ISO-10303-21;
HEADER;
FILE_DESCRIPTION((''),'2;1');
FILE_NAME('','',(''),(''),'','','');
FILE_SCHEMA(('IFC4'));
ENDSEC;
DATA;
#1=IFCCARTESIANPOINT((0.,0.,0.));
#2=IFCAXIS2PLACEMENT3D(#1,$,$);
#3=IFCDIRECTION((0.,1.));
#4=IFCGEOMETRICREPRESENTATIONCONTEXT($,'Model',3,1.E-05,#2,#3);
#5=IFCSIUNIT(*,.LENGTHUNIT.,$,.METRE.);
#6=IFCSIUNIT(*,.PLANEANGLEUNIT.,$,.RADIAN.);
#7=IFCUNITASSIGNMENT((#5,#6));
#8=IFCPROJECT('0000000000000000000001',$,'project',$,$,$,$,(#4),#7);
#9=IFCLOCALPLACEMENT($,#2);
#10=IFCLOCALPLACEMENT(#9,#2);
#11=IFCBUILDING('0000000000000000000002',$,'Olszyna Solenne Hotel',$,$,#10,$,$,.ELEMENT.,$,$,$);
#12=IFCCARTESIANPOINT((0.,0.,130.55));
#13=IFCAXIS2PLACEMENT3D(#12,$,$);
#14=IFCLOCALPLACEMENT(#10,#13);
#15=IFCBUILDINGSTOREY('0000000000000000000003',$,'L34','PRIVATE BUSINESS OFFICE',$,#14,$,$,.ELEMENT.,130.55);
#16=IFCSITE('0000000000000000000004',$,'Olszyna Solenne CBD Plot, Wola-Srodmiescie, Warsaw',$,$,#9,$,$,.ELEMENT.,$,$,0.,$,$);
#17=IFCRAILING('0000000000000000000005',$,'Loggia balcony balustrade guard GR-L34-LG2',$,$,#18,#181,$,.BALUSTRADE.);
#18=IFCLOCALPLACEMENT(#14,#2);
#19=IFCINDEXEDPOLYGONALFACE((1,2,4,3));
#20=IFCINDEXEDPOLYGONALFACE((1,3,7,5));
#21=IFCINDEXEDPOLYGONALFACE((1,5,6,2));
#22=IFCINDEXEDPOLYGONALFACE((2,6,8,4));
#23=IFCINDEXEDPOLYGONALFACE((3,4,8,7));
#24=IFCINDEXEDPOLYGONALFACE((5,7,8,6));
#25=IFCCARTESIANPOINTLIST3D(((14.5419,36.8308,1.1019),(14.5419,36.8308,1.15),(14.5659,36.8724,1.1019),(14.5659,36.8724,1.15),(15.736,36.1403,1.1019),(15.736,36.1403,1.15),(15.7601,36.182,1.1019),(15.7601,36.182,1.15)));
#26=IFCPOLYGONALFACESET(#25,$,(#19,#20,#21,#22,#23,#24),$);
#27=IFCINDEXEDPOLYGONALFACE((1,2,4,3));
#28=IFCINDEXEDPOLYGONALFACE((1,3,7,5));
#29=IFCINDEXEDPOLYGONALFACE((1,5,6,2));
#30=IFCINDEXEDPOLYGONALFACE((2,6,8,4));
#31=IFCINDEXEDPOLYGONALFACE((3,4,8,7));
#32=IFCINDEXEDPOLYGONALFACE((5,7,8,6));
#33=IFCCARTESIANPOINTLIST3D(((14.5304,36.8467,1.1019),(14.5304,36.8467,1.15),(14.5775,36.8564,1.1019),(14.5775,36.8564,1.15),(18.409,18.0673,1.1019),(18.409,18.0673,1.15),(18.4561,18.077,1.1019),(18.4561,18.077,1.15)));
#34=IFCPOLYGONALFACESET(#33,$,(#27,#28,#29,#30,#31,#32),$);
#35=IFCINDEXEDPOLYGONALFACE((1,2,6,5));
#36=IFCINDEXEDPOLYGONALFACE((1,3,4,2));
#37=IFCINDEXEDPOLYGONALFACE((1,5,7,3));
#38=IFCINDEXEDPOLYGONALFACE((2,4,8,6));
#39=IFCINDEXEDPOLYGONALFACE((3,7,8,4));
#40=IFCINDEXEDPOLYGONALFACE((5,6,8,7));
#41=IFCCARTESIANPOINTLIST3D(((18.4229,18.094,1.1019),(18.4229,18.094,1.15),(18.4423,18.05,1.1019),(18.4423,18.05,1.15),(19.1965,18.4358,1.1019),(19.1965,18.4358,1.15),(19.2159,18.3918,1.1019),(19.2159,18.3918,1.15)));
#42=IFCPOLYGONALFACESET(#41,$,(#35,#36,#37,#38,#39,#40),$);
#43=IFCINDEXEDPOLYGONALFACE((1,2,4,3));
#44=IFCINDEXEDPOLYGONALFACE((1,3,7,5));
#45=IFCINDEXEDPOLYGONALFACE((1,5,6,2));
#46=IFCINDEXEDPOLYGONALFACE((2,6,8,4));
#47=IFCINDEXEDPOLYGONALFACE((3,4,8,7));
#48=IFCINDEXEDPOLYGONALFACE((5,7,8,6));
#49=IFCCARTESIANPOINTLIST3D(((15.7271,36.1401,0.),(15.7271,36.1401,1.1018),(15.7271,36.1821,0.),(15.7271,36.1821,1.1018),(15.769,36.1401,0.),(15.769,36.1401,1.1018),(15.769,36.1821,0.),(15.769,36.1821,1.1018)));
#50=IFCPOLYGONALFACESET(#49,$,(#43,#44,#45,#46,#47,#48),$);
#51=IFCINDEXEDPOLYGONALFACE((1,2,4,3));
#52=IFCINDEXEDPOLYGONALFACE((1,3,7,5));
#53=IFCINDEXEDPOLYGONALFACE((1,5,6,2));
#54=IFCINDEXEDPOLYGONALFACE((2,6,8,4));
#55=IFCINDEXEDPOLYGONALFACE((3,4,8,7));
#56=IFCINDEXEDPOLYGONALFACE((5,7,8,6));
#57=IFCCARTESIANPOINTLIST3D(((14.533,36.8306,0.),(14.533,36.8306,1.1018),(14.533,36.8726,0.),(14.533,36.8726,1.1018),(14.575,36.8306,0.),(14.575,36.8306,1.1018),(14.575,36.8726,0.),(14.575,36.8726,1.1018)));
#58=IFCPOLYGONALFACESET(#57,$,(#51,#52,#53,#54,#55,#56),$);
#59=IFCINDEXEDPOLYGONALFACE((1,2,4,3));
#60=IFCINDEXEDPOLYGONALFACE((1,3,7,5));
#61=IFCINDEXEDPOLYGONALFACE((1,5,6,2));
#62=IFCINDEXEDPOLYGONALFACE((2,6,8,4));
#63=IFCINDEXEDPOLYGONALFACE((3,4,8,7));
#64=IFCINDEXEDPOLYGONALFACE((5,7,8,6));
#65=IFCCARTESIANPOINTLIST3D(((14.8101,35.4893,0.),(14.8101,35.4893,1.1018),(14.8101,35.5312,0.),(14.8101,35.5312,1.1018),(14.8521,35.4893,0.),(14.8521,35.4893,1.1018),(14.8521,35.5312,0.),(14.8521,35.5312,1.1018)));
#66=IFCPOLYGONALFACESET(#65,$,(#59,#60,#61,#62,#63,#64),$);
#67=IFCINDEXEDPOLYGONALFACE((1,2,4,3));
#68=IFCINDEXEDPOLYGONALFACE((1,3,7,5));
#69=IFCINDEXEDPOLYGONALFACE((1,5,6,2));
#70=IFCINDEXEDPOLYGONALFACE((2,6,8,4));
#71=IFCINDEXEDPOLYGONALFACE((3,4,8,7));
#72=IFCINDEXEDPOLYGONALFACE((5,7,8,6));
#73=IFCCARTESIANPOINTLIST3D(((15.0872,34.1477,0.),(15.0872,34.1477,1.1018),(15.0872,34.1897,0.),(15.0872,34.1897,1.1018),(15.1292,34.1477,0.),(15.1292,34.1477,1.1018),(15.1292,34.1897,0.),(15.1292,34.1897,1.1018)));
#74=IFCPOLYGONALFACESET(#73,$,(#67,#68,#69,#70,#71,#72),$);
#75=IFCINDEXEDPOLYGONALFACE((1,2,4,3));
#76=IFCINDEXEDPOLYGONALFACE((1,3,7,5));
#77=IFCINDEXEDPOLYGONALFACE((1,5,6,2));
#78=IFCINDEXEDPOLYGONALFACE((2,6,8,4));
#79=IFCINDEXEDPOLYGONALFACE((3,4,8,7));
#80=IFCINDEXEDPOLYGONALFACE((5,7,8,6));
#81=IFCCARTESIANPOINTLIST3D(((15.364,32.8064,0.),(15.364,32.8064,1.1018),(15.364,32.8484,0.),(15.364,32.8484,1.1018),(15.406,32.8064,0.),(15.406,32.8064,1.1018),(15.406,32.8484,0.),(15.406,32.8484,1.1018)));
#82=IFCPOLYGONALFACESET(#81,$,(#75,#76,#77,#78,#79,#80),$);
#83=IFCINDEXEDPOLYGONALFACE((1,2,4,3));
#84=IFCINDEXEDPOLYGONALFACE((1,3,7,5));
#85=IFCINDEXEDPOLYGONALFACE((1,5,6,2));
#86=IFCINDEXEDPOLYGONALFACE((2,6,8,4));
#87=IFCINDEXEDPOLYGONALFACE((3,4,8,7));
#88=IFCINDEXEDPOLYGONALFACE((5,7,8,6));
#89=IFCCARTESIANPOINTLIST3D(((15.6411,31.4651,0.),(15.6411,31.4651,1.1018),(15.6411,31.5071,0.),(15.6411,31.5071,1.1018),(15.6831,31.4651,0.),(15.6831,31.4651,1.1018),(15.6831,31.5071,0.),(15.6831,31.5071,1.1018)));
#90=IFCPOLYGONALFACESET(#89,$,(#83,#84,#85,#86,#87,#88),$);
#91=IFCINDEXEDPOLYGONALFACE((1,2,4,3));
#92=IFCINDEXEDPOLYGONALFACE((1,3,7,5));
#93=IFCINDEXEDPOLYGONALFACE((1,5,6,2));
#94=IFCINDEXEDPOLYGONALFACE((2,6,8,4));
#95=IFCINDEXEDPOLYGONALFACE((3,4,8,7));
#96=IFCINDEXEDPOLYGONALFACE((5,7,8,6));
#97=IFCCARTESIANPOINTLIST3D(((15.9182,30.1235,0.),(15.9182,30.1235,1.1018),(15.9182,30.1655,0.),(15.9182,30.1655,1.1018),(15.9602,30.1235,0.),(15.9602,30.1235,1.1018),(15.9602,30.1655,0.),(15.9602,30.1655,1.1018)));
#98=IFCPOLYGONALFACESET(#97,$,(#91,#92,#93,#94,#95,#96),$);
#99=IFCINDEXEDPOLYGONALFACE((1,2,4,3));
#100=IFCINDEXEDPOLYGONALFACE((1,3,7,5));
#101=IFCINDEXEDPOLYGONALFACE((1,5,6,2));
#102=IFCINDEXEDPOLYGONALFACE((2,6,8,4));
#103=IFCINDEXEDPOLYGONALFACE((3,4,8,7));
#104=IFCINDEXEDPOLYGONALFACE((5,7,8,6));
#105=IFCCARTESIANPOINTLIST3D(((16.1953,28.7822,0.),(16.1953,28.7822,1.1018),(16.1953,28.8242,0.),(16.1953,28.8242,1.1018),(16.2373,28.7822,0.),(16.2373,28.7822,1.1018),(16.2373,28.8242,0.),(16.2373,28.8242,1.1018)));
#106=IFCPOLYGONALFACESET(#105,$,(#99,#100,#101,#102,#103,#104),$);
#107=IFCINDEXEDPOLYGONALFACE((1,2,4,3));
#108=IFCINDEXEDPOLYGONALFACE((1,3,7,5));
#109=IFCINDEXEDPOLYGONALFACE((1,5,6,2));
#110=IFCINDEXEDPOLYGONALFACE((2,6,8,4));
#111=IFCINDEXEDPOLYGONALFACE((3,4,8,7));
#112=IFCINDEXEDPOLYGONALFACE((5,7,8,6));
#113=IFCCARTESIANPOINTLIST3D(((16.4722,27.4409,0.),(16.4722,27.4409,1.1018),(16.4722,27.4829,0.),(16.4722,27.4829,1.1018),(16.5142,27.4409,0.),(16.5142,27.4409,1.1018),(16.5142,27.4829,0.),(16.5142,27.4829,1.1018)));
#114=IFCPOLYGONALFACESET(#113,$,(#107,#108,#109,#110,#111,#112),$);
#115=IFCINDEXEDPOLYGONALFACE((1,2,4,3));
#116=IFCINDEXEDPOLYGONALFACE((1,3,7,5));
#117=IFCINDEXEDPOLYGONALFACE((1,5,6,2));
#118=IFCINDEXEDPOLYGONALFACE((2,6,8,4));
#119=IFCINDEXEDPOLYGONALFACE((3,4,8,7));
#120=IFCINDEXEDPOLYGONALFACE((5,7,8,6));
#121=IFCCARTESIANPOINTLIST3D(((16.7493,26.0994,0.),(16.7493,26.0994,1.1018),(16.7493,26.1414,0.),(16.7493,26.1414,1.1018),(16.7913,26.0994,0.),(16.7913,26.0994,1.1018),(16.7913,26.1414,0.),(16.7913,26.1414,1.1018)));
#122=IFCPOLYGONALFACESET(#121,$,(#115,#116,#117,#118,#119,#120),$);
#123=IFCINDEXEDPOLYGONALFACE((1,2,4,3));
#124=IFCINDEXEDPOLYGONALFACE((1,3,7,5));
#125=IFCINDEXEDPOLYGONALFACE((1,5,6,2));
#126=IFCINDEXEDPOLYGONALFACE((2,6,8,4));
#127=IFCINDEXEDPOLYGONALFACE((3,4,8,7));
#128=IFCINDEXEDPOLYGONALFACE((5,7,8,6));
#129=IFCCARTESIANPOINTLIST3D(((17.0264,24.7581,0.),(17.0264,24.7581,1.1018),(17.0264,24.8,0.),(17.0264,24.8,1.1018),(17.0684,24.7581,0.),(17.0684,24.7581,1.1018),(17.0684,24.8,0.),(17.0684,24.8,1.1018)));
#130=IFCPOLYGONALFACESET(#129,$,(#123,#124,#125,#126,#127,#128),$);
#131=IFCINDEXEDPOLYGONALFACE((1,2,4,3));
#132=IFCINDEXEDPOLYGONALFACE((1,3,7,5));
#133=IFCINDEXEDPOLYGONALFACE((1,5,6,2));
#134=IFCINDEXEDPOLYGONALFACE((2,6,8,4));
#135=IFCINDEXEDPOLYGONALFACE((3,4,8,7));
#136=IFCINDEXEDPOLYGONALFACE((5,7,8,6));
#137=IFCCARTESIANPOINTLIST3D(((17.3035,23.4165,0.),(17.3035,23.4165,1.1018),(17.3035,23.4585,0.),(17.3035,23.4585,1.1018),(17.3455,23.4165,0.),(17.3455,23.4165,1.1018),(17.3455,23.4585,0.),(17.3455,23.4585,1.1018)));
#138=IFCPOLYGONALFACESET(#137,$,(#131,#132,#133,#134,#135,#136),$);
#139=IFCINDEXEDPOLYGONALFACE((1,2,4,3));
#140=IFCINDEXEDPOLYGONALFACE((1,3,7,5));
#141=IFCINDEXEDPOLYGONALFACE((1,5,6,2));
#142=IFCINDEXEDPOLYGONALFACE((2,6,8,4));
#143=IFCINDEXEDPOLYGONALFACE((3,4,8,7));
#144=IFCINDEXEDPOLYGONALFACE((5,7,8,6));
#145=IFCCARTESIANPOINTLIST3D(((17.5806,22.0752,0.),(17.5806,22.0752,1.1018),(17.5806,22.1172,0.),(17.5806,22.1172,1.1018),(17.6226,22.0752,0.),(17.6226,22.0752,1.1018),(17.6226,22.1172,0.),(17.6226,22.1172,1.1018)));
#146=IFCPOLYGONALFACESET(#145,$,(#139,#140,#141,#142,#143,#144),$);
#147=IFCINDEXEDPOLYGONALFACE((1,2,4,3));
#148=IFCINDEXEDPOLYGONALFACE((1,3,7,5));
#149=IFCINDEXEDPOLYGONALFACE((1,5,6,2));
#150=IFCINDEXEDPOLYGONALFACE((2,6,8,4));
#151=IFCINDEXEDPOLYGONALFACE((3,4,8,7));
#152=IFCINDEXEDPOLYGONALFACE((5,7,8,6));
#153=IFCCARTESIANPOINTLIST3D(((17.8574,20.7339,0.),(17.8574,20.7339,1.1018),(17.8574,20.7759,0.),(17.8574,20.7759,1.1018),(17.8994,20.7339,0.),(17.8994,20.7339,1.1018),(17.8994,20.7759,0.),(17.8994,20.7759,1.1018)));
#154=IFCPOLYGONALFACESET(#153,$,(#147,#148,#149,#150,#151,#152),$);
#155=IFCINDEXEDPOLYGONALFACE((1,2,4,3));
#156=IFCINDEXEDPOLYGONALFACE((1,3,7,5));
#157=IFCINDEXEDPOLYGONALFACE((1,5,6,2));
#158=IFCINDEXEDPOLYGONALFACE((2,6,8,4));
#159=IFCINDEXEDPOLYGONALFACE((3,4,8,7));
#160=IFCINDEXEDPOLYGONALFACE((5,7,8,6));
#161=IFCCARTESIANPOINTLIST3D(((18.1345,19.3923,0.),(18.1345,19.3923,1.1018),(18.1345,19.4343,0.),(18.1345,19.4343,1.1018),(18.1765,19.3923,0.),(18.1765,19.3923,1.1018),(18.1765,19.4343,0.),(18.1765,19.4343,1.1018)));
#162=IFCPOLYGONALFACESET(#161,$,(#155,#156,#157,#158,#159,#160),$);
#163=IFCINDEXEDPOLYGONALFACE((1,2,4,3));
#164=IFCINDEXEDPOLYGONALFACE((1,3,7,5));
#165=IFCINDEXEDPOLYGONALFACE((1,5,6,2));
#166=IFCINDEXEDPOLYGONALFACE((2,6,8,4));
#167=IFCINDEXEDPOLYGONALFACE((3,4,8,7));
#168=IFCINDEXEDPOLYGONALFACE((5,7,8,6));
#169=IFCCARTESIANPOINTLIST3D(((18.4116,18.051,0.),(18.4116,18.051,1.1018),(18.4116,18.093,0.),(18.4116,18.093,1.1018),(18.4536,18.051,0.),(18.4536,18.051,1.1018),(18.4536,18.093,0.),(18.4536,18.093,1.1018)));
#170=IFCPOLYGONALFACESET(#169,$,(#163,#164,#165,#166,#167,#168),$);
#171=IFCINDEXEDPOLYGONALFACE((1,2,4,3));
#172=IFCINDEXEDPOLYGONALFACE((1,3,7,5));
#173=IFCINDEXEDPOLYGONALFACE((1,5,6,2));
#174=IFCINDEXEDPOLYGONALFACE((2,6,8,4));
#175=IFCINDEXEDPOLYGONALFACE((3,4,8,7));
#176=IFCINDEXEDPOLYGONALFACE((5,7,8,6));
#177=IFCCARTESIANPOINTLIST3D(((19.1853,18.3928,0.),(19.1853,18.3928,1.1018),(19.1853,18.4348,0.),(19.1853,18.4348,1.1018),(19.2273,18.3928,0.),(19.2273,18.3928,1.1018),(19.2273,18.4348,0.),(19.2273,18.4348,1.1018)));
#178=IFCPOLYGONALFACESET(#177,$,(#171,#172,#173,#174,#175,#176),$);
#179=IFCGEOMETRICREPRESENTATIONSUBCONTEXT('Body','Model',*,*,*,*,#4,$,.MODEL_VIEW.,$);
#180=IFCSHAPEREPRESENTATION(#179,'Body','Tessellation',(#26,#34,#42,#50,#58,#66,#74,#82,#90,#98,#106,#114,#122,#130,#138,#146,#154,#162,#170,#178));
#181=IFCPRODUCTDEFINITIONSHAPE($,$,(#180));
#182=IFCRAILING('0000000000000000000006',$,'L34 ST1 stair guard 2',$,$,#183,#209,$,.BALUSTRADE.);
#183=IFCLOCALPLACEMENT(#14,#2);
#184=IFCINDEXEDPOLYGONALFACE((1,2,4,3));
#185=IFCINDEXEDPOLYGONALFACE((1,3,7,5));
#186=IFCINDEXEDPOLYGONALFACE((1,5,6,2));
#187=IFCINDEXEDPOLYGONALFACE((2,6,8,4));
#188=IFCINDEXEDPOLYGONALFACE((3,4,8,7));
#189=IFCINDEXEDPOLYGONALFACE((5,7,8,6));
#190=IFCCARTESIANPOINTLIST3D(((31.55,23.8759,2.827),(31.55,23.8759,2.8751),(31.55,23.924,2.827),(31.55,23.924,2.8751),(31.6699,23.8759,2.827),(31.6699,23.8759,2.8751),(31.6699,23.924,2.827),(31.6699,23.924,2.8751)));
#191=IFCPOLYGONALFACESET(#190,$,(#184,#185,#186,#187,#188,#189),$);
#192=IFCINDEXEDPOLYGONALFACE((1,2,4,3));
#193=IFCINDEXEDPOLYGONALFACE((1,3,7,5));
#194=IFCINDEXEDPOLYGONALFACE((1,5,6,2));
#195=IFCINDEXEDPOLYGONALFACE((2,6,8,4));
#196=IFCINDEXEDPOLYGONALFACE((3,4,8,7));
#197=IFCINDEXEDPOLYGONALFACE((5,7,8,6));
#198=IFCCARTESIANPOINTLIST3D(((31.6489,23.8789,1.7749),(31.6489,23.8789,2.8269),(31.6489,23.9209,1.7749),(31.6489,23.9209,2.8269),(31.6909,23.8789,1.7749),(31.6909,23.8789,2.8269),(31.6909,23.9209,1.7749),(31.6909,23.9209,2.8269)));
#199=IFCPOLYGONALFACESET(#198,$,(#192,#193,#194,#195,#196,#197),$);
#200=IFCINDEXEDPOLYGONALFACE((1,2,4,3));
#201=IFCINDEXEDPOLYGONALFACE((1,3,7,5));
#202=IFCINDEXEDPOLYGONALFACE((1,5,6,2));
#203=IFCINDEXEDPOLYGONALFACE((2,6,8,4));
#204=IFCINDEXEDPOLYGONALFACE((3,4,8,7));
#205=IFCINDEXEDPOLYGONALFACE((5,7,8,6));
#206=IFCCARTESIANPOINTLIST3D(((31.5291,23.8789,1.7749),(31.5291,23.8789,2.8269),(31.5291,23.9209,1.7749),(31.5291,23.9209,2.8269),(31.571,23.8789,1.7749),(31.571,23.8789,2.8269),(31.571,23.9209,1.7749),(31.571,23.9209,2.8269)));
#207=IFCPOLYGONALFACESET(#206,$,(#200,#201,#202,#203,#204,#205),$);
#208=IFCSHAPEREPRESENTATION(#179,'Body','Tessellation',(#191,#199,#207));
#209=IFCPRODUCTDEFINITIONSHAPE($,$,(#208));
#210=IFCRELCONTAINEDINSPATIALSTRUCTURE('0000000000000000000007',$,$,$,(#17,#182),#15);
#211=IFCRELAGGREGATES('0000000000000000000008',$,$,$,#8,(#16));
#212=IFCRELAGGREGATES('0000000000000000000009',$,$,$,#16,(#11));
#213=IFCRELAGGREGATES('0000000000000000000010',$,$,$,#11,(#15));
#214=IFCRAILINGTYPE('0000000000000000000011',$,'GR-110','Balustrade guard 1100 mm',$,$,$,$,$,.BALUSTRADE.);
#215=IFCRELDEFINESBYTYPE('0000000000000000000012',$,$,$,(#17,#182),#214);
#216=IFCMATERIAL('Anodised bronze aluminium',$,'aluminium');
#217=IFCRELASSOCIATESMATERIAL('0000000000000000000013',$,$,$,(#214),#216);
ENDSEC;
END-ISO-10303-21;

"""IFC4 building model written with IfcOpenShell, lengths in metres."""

from ifc_helpers import new_model, si_unit, direction, frame, origin, origin_2d, place, context, subcontext, project, spatial, rectangle, extrude, material, type_object, element, save


model = new_model("IFC4")

# Units and contexts
model_context = context("Model", 3, precision=1e-05, world=origin(), true_north=direction((0.0, 1.0)))
body_context = subcontext(model_context, "Body", "Model", "MODEL_VIEW")
ifc_project = project(units=[si_unit("LENGTHUNIT", "METRE"), si_unit("PLANEANGLEUNIT", "RADIAN")], contexts=[model_context])

# Site, building, storey
site_placement = place(None, origin())
site = spatial("IfcSite", under=ifc_project, at=site_placement, Name="Olszyna Solenne CBD Plot, Wola-Srodmiescie, Warsaw", CompositionType="ELEMENT", RefElevation=0.0)
building_placement = place(site_placement, origin())
building = spatial("IfcBuilding", under=site, at=building_placement, Name="Olszyna Solenne Hotel", CompositionType="ELEMENT")
storey_placement = place(building_placement, frame((0.0, 0.0, 130.55)))
storey = spatial("IfcBuildingStorey", under=building, at=storey_placement, Name="L34", Description="PRIVATE BUSINESS OFFICE", CompositionType="ELEMENT", Elevation=130.55)

# Railings
ifc_material_1 = material(Name="Anodised bronze aluminium", Category="aluminium")
railing_type_1 = type_object("IfcRailingType", Name="GR-110", Description="Balustrade guard 1100 mm", PredefinedType="BALUSTRADE", material=ifc_material_1)
railing_1_placement = place(storey_placement, frame((15.748, 36.1611, 0.0)))
element("IfcRailing", 1, at=railing_1_placement, inside=storey, type_object=railing_type_1, Name="Loggia balcony balustrade guard GR-L34-LG2", PredefinedType="BALUSTRADE", context=body_context, shape_type="SweptSolid", body=[
    extrude(rectangle(XDim=0.0481, YDim=0.0481, at=origin_2d()), frame((0.0, 0.0, 1.126), z_axis=(-0.865705, 0.500555, 0.0), x_axis=(-0.500555, -0.865705, 0.0)), (0.0, 0.0, 1.0), 1.3794),
    extrude(rectangle(XDim=0.0481, YDim=0.0481, at=origin_2d()), frame((-1.1941, 0.6904, 1.126), z_axis=(0.202268, -0.97933, 0.0), x_axis=(0.97933, 0.202268, 0.0)), (0.0, 0.0, 1.0), 19.1758),
    extrude(rectangle(XDim=0.0481, YDim=0.0481, at=origin_2d()), frame((2.6846, -18.0891, 1.126), z_axis=(0.914714, 0.404102, 0.0), x_axis=(-0.404102, 0.914714, 0.0)), (0.0, 0.0, 1.0), 0.8457),
    extrude(rectangle(XDim=0.042, YDim=0.042, at=origin_2d()), origin(), (0.0, 0.0, 1.0), 1.1018),
    extrude(rectangle(XDim=0.042, YDim=0.042, at=origin_2d()), frame((-1.1941, 0.6904, 0.0)), (0.0, 0.0, 1.0), 1.1018),
    extrude(rectangle(XDim=0.042, YDim=0.042, at=origin_2d()), frame((-0.917, -0.6509, 0.0)), (0.0, 0.0, 1.0), 1.1018),
    extrude(rectangle(XDim=0.042, YDim=0.042, at=origin_2d()), frame((-0.6399, -1.9924, 0.0)), (0.0, 0.0, 1.0), 1.1018),
    extrude(rectangle(XDim=0.042, YDim=0.042, at=origin_2d()), frame((-0.363, -3.3337, 0.0)), (0.0, 0.0, 1.0), 1.1018),
    extrude(rectangle(XDim=0.042, YDim=0.042, at=origin_2d()), frame((-0.0859, -4.675, 0.0)), (0.0, 0.0, 1.0), 1.1018),
    extrude(rectangle(XDim=0.042, YDim=0.042, at=origin_2d()), frame((0.1912, -6.0166, 0.0)), (0.0, 0.0, 1.0), 1.1018),
    extrude(rectangle(XDim=0.042, YDim=0.042, at=origin_2d()), frame((0.4683, -7.3579, 0.0)), (0.0, 0.0, 1.0), 1.1018),
    extrude(rectangle(XDim=0.042, YDim=0.042, at=origin_2d()), frame((0.7451, -8.6992, 0.0)), (0.0, 0.0, 1.0), 1.1018),
    extrude(rectangle(XDim=0.042, YDim=0.042, at=origin_2d()), frame((1.0222, -10.0408, 0.0)), (0.0, 0.0, 1.0), 1.1018),
    extrude(rectangle(XDim=0.042, YDim=0.042, at=origin_2d()), frame((1.2993, -11.3821, 0.0)), (0.0, 0.0, 1.0), 1.1018),
    extrude(rectangle(XDim=0.042, YDim=0.042, at=origin_2d()), frame((1.5764, -12.7236, 0.0)), (0.0, 0.0, 1.0), 1.1018),
    extrude(rectangle(XDim=0.042, YDim=0.042, at=origin_2d()), frame((1.8535, -14.0649, 0.0)), (0.0, 0.0, 1.0), 1.1018),
    extrude(rectangle(XDim=0.042, YDim=0.042, at=origin_2d()), frame((2.1304, -15.4062, 0.0)), (0.0, 0.0, 1.0), 1.1018),
    extrude(rectangle(XDim=0.042, YDim=0.042, at=origin_2d()), frame((2.4075, -16.7478, 0.0)), (0.0, 0.0, 1.0), 1.1018),
    extrude(rectangle(XDim=0.042, YDim=0.042, at=origin_2d()), frame((2.6846, -18.0891, 0.0)), (0.0, 0.0, 1.0), 1.1018),
    extrude(rectangle(XDim=0.042, YDim=0.042, at=origin_2d()), frame((3.4583, -17.7473, 0.0)), (0.0, 0.0, 1.0), 1.1018),
])
railing_2_placement = place(storey_placement, frame((31.6699, 23.8999, 1.7749)))
element("IfcRailing", 2, at=railing_2_placement, inside=storey, type_object=railing_type_1, Name="L34 ST1 stair guard 2", PredefinedType="BALUSTRADE", context=body_context, shape_type="SweptSolid", body=[
    extrude(rectangle(XDim=0.0481, YDim=0.0481, at=origin_2d()), frame((0.0, 0.0, 1.0762), z_axis=(-1.0, 0.0, 0.0), x_axis=(0.0, -1.0, 0.0)), (0.0, 0.0, 1.0), 0.1199),
    extrude(rectangle(XDim=0.042, YDim=0.042, at=origin_2d()), origin(), (0.0, 0.0, 1.0), 1.052),
    extrude(rectangle(XDim=0.042, YDim=0.042, at=origin_2d()), frame((-0.1199, 0.0, 0.0)), (0.0, 0.0, 1.0), 1.052),
])

save(model, "model.ifc")
